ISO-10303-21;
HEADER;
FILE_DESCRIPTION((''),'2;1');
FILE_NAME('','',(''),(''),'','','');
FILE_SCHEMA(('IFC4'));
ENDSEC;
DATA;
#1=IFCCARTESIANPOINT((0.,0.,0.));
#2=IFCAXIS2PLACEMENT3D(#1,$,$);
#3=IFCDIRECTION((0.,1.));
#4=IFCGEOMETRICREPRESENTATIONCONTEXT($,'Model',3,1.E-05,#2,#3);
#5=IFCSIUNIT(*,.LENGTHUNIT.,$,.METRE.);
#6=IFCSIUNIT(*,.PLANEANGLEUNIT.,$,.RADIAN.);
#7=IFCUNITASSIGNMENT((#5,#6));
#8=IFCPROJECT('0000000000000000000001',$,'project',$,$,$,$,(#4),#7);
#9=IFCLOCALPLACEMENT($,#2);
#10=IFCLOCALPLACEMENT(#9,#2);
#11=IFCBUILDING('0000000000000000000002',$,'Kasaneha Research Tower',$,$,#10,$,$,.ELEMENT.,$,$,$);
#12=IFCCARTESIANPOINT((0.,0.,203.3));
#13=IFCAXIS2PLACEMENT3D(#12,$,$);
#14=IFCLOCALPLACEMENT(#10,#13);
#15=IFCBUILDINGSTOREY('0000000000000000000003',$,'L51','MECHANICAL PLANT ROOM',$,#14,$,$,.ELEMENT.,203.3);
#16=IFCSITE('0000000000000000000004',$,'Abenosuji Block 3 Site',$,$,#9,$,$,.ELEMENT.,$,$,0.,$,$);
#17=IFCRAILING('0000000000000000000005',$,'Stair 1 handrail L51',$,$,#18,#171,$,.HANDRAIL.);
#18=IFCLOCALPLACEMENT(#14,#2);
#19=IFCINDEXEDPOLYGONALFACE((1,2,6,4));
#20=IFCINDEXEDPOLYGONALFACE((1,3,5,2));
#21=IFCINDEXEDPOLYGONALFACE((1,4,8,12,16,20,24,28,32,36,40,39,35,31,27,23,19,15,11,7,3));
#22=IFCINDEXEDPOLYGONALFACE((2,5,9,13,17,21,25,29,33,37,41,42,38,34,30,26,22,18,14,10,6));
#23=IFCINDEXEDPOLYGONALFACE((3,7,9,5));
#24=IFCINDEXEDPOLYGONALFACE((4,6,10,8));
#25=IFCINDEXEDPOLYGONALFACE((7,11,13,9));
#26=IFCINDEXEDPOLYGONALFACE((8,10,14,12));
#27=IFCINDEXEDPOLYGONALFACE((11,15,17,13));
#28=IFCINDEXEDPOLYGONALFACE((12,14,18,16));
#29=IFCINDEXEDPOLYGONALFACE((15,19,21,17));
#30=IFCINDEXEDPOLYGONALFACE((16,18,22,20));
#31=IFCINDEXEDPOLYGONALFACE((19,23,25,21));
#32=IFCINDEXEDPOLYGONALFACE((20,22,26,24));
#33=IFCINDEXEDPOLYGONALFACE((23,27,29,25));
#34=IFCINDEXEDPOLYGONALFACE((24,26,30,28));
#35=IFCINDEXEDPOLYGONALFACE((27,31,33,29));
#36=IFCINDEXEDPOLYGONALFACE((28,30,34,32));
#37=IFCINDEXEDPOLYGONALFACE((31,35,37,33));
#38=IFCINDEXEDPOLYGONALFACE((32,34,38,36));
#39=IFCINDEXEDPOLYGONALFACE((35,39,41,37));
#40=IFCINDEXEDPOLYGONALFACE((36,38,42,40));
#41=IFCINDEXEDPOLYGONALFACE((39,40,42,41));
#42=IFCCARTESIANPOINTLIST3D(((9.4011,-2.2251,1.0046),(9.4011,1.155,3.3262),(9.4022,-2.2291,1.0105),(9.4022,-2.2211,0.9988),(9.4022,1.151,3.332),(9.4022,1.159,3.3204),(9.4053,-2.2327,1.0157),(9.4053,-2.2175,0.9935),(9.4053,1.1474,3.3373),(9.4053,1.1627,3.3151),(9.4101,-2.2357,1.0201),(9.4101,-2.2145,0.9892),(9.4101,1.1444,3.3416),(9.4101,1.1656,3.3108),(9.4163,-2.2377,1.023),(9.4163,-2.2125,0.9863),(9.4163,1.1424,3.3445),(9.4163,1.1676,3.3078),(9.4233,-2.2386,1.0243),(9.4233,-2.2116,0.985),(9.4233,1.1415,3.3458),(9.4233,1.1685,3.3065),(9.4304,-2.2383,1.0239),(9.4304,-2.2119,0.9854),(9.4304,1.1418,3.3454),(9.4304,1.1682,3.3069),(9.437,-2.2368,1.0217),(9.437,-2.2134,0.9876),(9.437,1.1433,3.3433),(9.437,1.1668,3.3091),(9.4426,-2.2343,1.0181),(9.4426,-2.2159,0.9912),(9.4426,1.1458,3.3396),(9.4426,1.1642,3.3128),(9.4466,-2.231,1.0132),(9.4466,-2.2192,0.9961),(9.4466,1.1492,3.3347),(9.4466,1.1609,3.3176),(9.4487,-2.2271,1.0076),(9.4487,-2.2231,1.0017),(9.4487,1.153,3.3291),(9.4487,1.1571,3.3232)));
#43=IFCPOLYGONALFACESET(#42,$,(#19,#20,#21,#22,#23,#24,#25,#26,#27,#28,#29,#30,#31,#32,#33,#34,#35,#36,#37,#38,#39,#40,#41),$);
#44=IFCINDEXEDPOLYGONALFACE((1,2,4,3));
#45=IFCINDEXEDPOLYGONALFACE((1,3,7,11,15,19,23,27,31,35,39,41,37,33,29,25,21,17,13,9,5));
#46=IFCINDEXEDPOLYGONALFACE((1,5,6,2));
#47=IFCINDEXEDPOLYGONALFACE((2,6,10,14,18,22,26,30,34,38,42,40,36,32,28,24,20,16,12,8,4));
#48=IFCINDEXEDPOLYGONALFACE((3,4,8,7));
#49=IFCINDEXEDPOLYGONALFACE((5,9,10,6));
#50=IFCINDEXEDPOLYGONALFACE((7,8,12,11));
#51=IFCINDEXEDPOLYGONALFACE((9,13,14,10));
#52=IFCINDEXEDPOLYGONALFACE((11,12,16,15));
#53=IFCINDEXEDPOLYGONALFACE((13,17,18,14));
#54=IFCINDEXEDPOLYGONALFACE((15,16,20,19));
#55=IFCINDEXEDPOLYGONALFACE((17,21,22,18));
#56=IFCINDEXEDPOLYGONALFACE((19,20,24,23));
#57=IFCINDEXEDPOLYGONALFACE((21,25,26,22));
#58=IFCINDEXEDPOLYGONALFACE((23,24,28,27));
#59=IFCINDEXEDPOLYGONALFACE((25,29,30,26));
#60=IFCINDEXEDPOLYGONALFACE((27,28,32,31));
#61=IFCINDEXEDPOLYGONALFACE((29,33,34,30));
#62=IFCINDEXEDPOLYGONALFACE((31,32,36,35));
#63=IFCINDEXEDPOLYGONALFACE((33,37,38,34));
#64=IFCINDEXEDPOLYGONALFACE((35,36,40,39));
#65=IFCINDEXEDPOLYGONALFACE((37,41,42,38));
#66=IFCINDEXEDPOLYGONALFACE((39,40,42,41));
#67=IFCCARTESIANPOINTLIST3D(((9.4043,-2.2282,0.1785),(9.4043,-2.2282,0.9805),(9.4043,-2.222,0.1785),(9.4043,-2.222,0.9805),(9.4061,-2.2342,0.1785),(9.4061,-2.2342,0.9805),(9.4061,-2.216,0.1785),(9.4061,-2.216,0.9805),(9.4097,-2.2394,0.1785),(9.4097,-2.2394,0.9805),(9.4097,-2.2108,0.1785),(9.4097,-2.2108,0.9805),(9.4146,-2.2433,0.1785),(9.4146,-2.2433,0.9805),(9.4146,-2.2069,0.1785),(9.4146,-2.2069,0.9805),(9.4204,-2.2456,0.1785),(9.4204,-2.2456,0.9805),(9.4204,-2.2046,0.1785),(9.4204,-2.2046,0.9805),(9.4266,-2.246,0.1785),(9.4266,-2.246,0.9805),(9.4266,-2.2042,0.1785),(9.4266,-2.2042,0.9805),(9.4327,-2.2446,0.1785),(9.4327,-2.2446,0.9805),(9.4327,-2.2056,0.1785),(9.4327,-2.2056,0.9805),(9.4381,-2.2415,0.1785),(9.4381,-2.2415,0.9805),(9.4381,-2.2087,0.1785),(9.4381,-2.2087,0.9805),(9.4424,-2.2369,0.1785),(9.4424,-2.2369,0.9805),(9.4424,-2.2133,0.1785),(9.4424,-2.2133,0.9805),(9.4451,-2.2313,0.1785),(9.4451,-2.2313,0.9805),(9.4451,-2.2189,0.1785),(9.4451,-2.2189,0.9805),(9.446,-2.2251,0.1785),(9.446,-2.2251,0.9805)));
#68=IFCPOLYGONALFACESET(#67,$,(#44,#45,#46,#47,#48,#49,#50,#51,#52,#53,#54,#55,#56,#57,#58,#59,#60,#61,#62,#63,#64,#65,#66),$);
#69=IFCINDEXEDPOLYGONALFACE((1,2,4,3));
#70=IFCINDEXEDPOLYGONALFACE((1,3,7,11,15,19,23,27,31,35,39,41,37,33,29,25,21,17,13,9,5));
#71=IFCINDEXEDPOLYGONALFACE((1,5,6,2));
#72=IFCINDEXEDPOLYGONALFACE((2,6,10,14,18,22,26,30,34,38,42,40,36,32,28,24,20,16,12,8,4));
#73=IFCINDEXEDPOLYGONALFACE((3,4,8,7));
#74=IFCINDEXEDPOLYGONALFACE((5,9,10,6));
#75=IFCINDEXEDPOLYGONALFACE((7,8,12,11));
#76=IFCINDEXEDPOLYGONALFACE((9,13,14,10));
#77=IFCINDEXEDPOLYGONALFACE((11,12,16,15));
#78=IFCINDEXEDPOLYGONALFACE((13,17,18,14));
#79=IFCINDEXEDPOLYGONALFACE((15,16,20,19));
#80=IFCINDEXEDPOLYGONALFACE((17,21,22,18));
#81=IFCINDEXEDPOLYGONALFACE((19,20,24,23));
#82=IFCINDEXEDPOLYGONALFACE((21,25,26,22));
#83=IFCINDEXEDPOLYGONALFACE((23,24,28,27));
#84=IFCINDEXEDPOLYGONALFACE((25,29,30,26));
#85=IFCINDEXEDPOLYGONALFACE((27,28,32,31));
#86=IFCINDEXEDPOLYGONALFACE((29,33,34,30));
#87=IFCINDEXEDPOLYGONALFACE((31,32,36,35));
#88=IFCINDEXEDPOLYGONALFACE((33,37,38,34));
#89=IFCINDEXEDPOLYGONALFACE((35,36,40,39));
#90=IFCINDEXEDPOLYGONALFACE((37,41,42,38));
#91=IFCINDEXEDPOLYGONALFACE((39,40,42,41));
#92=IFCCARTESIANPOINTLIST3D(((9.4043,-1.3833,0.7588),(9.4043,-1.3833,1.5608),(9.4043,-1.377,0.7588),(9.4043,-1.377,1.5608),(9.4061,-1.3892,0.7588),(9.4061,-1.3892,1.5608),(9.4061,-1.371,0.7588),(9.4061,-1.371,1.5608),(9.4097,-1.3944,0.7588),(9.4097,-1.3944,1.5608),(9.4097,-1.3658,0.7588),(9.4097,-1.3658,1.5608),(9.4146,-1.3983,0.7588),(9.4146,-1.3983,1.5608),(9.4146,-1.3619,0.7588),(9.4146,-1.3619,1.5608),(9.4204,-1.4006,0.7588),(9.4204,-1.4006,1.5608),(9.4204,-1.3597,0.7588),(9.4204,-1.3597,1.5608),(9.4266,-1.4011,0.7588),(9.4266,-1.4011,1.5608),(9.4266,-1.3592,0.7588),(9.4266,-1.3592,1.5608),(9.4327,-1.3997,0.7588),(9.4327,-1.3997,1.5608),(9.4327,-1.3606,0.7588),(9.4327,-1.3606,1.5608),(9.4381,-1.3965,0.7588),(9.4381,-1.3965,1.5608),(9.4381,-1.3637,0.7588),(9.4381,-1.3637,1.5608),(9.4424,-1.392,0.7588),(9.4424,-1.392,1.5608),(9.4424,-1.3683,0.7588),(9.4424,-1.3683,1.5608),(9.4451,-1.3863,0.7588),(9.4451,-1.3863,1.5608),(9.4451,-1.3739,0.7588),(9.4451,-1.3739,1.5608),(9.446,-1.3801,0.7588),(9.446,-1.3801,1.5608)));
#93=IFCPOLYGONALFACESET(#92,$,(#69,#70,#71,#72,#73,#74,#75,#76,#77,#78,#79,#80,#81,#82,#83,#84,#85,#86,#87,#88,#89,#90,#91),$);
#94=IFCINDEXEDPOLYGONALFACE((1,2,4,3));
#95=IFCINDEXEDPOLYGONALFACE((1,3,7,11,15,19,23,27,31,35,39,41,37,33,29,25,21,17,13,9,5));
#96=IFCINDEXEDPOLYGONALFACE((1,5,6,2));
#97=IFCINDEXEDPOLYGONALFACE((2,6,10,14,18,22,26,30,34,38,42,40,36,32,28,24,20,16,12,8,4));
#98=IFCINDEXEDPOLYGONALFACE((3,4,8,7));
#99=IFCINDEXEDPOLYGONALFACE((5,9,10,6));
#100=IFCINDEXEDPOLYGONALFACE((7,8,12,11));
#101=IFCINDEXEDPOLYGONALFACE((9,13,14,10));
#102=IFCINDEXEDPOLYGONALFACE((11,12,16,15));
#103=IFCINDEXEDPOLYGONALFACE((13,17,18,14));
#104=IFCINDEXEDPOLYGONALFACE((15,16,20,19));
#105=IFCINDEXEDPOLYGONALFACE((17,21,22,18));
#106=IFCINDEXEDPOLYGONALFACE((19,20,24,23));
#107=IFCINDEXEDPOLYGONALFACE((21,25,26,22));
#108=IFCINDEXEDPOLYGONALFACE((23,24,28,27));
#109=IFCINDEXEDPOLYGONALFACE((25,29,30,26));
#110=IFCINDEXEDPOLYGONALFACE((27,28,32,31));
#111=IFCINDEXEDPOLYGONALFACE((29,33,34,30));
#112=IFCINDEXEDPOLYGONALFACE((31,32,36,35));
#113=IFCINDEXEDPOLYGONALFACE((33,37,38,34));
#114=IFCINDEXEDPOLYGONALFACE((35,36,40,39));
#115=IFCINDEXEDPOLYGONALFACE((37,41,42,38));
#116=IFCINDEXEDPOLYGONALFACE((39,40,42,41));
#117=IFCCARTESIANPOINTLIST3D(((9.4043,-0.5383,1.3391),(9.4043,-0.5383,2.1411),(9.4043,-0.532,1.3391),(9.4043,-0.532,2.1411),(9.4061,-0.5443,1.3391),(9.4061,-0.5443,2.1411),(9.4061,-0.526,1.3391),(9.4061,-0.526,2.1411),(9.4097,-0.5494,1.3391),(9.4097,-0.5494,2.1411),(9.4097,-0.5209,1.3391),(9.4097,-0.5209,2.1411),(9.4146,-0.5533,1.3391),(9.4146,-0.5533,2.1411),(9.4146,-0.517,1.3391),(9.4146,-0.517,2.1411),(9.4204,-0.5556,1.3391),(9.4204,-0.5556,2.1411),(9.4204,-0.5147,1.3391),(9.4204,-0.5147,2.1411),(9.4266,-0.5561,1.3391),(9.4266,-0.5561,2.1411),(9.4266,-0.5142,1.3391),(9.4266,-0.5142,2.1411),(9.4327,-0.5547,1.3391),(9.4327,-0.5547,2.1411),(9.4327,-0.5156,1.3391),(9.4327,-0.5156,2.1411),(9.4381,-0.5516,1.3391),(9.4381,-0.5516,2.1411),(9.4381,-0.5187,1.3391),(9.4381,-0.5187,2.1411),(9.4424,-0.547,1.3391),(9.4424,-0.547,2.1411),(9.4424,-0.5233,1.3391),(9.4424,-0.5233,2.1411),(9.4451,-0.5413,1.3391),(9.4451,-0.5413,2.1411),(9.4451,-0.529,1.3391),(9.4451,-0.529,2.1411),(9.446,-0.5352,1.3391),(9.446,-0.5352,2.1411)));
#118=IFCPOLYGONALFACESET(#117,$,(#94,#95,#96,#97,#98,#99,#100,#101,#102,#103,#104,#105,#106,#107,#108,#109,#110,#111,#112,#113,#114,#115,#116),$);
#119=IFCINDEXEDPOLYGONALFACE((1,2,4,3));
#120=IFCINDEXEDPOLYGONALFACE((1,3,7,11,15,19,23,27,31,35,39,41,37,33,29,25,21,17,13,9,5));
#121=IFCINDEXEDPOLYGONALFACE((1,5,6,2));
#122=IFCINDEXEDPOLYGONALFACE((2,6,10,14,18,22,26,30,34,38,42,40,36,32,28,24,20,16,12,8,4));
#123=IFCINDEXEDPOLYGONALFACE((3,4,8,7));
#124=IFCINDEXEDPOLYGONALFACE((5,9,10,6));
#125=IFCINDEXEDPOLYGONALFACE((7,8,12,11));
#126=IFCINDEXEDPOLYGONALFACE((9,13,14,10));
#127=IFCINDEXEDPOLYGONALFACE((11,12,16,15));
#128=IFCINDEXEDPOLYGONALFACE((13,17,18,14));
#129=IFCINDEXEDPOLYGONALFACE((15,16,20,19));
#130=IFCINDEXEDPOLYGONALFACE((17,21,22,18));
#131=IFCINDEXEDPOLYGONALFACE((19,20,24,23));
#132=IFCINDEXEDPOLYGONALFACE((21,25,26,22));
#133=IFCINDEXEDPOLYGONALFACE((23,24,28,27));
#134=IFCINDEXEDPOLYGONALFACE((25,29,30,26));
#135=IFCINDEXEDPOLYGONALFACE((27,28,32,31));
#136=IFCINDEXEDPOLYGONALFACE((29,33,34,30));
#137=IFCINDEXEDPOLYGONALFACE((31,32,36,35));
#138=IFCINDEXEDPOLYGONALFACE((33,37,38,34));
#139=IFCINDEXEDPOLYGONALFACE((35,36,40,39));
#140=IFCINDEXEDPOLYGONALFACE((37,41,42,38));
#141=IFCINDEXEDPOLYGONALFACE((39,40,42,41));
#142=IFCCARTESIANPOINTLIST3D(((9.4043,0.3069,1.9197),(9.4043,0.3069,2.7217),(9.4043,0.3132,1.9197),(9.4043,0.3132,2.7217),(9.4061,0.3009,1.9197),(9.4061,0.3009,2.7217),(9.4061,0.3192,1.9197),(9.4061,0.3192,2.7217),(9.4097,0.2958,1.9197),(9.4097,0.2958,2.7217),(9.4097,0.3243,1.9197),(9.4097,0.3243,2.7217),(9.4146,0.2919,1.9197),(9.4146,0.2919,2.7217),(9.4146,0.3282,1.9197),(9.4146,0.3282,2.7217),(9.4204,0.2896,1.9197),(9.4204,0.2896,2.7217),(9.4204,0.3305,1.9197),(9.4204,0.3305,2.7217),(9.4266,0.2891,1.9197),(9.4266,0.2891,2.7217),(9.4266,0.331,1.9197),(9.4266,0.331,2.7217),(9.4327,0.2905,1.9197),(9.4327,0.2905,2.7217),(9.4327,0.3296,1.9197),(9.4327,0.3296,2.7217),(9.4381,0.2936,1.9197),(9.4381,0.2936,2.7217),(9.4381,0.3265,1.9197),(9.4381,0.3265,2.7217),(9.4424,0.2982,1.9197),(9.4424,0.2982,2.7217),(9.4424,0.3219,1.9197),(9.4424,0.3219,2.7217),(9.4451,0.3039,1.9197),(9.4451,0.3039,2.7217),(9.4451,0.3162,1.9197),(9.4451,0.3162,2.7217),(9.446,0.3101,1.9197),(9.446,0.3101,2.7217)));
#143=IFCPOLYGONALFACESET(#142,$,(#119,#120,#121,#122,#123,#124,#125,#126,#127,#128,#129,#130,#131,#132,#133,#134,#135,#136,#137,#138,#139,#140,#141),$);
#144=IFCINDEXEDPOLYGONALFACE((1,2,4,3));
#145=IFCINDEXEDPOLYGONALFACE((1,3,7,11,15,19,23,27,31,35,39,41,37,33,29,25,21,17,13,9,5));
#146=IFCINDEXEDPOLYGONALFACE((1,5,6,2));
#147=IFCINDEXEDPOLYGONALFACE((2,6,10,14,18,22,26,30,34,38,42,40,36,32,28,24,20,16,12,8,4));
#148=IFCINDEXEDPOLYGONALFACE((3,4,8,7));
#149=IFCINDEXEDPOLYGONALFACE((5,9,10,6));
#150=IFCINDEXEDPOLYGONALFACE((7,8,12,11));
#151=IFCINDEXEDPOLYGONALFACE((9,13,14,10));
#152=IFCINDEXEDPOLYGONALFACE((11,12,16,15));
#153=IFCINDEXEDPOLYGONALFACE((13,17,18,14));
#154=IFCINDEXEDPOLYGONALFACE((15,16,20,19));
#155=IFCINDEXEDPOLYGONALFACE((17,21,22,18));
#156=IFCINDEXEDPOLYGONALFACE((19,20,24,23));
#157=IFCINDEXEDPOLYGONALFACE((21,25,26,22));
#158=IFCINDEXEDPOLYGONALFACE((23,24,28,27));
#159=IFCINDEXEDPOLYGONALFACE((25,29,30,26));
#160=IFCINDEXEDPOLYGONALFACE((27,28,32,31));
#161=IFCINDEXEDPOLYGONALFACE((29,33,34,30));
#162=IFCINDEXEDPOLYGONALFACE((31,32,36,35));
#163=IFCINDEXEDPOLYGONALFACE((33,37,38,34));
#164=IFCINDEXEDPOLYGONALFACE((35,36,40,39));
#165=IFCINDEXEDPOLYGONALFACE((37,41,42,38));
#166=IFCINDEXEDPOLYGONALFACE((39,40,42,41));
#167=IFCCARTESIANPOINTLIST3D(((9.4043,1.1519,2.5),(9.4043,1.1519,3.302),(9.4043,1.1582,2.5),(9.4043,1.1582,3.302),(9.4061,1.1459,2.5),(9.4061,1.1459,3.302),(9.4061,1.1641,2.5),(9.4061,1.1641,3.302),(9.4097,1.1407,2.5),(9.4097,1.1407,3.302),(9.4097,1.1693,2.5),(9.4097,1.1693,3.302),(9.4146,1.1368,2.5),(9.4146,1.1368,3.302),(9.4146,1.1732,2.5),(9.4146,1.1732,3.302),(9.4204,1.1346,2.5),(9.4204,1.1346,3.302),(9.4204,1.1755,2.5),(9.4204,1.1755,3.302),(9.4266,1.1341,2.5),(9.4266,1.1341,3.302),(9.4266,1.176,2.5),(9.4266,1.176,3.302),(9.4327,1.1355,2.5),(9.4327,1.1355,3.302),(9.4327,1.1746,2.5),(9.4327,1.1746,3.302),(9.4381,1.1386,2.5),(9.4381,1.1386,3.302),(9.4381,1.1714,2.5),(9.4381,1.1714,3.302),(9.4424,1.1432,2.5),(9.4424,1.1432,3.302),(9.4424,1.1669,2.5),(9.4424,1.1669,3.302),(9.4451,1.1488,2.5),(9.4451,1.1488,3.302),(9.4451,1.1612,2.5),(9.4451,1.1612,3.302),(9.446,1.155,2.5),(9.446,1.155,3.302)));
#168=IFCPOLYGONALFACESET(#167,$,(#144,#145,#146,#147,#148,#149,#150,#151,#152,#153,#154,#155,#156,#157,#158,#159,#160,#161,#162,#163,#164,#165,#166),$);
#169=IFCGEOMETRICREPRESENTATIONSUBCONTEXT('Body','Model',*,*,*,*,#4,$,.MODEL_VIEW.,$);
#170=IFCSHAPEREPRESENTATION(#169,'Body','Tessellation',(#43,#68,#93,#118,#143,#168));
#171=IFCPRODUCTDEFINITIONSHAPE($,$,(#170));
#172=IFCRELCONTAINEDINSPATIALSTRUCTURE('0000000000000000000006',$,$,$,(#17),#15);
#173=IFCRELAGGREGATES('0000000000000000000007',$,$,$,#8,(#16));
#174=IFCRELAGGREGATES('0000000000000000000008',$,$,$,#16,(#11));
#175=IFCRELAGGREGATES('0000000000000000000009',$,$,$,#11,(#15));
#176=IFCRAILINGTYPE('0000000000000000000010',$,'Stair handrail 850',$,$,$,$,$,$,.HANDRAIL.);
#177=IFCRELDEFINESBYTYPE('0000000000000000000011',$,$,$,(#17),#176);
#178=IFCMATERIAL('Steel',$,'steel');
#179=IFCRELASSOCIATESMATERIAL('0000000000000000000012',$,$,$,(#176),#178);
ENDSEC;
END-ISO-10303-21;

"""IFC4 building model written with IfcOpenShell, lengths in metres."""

from ifc_helpers import new_model, si_unit, direction, frame, origin, origin_2d, place, context, subcontext, project, spatial, circle, extrude, material, type_object, element, save


model = new_model("IFC4")

# Units and contexts
model_context = context("Model", 3, precision=1e-05, world=origin(), true_north=direction((0.0, 1.0)))
body_context = subcontext(model_context, "Body", "Model", "MODEL_VIEW")
ifc_project = project(units=[si_unit("LENGTHUNIT", "METRE"), si_unit("PLANEANGLEUNIT", "RADIAN")], contexts=[model_context])

# Site, building, storey
site_placement = place(None, origin())
site = spatial("IfcSite", under=ifc_project, at=site_placement, Name="Abenosuji Block 3 Site", CompositionType="ELEMENT", RefElevation=0.0)
building_placement = place(site_placement, origin())
building = spatial("IfcBuilding", under=site, at=building_placement, Name="Kasaneha Research Tower", CompositionType="ELEMENT")
storey_placement = place(building_placement, frame((0.0, 0.0, 203.3)))
storey = spatial("IfcBuildingStorey", under=building, at=storey_placement, Name="L51", Description="MECHANICAL PLANT ROOM", CompositionType="ELEMENT", Elevation=203.3)

# Railing
ifc_material_1 = material(Name="Steel", Category="steel")
railing_type = type_object("IfcRailingType", Name="Stair handrail 850", PredefinedType="HANDRAIL", material=ifc_material_1)
railing_placement = place(storey_placement, frame((9.425, -2.2251, 0.1785)))
element("IfcRailing", 1, at=railing_placement, inside=storey, type_object=railing_type, Name="Stair 1 handrail L51", PredefinedType="HANDRAIL", context=body_context, shape_type="SweptSolid", body=[
    extrude(circle(Radius=0.0239, at=origin_2d()), frame((0.0, 0.0, 0.8262), z_axis=(0.0, 0.824304, 0.566147), x_axis=(-1.0, 0.0, 0.0)), (0.0, 0.0, 1.0), 4.1006),
    extrude(circle(Radius=0.021, at=origin_2d()), origin(), (0.0, 0.0, 1.0), 0.802),
    extrude(circle(Radius=0.021, at=origin_2d()), frame((0.0, 0.845, 0.5803)), (0.0, 0.0, 1.0), 0.802),
    extrude(circle(Radius=0.021, at=origin_2d()), frame((0.0, 1.6899, 1.1606)), (0.0, 0.0, 1.0), 0.802),
    extrude(circle(Radius=0.021, at=origin_2d()), frame((0.0, 2.5352, 1.7412)), (0.0, 0.0, 1.0), 0.802),
    extrude(circle(Radius=0.021, at=origin_2d()), frame((0.0, 3.3801, 2.3215)), (0.0, 0.0, 1.0), 0.802),
])

save(model, "model.ifc")
